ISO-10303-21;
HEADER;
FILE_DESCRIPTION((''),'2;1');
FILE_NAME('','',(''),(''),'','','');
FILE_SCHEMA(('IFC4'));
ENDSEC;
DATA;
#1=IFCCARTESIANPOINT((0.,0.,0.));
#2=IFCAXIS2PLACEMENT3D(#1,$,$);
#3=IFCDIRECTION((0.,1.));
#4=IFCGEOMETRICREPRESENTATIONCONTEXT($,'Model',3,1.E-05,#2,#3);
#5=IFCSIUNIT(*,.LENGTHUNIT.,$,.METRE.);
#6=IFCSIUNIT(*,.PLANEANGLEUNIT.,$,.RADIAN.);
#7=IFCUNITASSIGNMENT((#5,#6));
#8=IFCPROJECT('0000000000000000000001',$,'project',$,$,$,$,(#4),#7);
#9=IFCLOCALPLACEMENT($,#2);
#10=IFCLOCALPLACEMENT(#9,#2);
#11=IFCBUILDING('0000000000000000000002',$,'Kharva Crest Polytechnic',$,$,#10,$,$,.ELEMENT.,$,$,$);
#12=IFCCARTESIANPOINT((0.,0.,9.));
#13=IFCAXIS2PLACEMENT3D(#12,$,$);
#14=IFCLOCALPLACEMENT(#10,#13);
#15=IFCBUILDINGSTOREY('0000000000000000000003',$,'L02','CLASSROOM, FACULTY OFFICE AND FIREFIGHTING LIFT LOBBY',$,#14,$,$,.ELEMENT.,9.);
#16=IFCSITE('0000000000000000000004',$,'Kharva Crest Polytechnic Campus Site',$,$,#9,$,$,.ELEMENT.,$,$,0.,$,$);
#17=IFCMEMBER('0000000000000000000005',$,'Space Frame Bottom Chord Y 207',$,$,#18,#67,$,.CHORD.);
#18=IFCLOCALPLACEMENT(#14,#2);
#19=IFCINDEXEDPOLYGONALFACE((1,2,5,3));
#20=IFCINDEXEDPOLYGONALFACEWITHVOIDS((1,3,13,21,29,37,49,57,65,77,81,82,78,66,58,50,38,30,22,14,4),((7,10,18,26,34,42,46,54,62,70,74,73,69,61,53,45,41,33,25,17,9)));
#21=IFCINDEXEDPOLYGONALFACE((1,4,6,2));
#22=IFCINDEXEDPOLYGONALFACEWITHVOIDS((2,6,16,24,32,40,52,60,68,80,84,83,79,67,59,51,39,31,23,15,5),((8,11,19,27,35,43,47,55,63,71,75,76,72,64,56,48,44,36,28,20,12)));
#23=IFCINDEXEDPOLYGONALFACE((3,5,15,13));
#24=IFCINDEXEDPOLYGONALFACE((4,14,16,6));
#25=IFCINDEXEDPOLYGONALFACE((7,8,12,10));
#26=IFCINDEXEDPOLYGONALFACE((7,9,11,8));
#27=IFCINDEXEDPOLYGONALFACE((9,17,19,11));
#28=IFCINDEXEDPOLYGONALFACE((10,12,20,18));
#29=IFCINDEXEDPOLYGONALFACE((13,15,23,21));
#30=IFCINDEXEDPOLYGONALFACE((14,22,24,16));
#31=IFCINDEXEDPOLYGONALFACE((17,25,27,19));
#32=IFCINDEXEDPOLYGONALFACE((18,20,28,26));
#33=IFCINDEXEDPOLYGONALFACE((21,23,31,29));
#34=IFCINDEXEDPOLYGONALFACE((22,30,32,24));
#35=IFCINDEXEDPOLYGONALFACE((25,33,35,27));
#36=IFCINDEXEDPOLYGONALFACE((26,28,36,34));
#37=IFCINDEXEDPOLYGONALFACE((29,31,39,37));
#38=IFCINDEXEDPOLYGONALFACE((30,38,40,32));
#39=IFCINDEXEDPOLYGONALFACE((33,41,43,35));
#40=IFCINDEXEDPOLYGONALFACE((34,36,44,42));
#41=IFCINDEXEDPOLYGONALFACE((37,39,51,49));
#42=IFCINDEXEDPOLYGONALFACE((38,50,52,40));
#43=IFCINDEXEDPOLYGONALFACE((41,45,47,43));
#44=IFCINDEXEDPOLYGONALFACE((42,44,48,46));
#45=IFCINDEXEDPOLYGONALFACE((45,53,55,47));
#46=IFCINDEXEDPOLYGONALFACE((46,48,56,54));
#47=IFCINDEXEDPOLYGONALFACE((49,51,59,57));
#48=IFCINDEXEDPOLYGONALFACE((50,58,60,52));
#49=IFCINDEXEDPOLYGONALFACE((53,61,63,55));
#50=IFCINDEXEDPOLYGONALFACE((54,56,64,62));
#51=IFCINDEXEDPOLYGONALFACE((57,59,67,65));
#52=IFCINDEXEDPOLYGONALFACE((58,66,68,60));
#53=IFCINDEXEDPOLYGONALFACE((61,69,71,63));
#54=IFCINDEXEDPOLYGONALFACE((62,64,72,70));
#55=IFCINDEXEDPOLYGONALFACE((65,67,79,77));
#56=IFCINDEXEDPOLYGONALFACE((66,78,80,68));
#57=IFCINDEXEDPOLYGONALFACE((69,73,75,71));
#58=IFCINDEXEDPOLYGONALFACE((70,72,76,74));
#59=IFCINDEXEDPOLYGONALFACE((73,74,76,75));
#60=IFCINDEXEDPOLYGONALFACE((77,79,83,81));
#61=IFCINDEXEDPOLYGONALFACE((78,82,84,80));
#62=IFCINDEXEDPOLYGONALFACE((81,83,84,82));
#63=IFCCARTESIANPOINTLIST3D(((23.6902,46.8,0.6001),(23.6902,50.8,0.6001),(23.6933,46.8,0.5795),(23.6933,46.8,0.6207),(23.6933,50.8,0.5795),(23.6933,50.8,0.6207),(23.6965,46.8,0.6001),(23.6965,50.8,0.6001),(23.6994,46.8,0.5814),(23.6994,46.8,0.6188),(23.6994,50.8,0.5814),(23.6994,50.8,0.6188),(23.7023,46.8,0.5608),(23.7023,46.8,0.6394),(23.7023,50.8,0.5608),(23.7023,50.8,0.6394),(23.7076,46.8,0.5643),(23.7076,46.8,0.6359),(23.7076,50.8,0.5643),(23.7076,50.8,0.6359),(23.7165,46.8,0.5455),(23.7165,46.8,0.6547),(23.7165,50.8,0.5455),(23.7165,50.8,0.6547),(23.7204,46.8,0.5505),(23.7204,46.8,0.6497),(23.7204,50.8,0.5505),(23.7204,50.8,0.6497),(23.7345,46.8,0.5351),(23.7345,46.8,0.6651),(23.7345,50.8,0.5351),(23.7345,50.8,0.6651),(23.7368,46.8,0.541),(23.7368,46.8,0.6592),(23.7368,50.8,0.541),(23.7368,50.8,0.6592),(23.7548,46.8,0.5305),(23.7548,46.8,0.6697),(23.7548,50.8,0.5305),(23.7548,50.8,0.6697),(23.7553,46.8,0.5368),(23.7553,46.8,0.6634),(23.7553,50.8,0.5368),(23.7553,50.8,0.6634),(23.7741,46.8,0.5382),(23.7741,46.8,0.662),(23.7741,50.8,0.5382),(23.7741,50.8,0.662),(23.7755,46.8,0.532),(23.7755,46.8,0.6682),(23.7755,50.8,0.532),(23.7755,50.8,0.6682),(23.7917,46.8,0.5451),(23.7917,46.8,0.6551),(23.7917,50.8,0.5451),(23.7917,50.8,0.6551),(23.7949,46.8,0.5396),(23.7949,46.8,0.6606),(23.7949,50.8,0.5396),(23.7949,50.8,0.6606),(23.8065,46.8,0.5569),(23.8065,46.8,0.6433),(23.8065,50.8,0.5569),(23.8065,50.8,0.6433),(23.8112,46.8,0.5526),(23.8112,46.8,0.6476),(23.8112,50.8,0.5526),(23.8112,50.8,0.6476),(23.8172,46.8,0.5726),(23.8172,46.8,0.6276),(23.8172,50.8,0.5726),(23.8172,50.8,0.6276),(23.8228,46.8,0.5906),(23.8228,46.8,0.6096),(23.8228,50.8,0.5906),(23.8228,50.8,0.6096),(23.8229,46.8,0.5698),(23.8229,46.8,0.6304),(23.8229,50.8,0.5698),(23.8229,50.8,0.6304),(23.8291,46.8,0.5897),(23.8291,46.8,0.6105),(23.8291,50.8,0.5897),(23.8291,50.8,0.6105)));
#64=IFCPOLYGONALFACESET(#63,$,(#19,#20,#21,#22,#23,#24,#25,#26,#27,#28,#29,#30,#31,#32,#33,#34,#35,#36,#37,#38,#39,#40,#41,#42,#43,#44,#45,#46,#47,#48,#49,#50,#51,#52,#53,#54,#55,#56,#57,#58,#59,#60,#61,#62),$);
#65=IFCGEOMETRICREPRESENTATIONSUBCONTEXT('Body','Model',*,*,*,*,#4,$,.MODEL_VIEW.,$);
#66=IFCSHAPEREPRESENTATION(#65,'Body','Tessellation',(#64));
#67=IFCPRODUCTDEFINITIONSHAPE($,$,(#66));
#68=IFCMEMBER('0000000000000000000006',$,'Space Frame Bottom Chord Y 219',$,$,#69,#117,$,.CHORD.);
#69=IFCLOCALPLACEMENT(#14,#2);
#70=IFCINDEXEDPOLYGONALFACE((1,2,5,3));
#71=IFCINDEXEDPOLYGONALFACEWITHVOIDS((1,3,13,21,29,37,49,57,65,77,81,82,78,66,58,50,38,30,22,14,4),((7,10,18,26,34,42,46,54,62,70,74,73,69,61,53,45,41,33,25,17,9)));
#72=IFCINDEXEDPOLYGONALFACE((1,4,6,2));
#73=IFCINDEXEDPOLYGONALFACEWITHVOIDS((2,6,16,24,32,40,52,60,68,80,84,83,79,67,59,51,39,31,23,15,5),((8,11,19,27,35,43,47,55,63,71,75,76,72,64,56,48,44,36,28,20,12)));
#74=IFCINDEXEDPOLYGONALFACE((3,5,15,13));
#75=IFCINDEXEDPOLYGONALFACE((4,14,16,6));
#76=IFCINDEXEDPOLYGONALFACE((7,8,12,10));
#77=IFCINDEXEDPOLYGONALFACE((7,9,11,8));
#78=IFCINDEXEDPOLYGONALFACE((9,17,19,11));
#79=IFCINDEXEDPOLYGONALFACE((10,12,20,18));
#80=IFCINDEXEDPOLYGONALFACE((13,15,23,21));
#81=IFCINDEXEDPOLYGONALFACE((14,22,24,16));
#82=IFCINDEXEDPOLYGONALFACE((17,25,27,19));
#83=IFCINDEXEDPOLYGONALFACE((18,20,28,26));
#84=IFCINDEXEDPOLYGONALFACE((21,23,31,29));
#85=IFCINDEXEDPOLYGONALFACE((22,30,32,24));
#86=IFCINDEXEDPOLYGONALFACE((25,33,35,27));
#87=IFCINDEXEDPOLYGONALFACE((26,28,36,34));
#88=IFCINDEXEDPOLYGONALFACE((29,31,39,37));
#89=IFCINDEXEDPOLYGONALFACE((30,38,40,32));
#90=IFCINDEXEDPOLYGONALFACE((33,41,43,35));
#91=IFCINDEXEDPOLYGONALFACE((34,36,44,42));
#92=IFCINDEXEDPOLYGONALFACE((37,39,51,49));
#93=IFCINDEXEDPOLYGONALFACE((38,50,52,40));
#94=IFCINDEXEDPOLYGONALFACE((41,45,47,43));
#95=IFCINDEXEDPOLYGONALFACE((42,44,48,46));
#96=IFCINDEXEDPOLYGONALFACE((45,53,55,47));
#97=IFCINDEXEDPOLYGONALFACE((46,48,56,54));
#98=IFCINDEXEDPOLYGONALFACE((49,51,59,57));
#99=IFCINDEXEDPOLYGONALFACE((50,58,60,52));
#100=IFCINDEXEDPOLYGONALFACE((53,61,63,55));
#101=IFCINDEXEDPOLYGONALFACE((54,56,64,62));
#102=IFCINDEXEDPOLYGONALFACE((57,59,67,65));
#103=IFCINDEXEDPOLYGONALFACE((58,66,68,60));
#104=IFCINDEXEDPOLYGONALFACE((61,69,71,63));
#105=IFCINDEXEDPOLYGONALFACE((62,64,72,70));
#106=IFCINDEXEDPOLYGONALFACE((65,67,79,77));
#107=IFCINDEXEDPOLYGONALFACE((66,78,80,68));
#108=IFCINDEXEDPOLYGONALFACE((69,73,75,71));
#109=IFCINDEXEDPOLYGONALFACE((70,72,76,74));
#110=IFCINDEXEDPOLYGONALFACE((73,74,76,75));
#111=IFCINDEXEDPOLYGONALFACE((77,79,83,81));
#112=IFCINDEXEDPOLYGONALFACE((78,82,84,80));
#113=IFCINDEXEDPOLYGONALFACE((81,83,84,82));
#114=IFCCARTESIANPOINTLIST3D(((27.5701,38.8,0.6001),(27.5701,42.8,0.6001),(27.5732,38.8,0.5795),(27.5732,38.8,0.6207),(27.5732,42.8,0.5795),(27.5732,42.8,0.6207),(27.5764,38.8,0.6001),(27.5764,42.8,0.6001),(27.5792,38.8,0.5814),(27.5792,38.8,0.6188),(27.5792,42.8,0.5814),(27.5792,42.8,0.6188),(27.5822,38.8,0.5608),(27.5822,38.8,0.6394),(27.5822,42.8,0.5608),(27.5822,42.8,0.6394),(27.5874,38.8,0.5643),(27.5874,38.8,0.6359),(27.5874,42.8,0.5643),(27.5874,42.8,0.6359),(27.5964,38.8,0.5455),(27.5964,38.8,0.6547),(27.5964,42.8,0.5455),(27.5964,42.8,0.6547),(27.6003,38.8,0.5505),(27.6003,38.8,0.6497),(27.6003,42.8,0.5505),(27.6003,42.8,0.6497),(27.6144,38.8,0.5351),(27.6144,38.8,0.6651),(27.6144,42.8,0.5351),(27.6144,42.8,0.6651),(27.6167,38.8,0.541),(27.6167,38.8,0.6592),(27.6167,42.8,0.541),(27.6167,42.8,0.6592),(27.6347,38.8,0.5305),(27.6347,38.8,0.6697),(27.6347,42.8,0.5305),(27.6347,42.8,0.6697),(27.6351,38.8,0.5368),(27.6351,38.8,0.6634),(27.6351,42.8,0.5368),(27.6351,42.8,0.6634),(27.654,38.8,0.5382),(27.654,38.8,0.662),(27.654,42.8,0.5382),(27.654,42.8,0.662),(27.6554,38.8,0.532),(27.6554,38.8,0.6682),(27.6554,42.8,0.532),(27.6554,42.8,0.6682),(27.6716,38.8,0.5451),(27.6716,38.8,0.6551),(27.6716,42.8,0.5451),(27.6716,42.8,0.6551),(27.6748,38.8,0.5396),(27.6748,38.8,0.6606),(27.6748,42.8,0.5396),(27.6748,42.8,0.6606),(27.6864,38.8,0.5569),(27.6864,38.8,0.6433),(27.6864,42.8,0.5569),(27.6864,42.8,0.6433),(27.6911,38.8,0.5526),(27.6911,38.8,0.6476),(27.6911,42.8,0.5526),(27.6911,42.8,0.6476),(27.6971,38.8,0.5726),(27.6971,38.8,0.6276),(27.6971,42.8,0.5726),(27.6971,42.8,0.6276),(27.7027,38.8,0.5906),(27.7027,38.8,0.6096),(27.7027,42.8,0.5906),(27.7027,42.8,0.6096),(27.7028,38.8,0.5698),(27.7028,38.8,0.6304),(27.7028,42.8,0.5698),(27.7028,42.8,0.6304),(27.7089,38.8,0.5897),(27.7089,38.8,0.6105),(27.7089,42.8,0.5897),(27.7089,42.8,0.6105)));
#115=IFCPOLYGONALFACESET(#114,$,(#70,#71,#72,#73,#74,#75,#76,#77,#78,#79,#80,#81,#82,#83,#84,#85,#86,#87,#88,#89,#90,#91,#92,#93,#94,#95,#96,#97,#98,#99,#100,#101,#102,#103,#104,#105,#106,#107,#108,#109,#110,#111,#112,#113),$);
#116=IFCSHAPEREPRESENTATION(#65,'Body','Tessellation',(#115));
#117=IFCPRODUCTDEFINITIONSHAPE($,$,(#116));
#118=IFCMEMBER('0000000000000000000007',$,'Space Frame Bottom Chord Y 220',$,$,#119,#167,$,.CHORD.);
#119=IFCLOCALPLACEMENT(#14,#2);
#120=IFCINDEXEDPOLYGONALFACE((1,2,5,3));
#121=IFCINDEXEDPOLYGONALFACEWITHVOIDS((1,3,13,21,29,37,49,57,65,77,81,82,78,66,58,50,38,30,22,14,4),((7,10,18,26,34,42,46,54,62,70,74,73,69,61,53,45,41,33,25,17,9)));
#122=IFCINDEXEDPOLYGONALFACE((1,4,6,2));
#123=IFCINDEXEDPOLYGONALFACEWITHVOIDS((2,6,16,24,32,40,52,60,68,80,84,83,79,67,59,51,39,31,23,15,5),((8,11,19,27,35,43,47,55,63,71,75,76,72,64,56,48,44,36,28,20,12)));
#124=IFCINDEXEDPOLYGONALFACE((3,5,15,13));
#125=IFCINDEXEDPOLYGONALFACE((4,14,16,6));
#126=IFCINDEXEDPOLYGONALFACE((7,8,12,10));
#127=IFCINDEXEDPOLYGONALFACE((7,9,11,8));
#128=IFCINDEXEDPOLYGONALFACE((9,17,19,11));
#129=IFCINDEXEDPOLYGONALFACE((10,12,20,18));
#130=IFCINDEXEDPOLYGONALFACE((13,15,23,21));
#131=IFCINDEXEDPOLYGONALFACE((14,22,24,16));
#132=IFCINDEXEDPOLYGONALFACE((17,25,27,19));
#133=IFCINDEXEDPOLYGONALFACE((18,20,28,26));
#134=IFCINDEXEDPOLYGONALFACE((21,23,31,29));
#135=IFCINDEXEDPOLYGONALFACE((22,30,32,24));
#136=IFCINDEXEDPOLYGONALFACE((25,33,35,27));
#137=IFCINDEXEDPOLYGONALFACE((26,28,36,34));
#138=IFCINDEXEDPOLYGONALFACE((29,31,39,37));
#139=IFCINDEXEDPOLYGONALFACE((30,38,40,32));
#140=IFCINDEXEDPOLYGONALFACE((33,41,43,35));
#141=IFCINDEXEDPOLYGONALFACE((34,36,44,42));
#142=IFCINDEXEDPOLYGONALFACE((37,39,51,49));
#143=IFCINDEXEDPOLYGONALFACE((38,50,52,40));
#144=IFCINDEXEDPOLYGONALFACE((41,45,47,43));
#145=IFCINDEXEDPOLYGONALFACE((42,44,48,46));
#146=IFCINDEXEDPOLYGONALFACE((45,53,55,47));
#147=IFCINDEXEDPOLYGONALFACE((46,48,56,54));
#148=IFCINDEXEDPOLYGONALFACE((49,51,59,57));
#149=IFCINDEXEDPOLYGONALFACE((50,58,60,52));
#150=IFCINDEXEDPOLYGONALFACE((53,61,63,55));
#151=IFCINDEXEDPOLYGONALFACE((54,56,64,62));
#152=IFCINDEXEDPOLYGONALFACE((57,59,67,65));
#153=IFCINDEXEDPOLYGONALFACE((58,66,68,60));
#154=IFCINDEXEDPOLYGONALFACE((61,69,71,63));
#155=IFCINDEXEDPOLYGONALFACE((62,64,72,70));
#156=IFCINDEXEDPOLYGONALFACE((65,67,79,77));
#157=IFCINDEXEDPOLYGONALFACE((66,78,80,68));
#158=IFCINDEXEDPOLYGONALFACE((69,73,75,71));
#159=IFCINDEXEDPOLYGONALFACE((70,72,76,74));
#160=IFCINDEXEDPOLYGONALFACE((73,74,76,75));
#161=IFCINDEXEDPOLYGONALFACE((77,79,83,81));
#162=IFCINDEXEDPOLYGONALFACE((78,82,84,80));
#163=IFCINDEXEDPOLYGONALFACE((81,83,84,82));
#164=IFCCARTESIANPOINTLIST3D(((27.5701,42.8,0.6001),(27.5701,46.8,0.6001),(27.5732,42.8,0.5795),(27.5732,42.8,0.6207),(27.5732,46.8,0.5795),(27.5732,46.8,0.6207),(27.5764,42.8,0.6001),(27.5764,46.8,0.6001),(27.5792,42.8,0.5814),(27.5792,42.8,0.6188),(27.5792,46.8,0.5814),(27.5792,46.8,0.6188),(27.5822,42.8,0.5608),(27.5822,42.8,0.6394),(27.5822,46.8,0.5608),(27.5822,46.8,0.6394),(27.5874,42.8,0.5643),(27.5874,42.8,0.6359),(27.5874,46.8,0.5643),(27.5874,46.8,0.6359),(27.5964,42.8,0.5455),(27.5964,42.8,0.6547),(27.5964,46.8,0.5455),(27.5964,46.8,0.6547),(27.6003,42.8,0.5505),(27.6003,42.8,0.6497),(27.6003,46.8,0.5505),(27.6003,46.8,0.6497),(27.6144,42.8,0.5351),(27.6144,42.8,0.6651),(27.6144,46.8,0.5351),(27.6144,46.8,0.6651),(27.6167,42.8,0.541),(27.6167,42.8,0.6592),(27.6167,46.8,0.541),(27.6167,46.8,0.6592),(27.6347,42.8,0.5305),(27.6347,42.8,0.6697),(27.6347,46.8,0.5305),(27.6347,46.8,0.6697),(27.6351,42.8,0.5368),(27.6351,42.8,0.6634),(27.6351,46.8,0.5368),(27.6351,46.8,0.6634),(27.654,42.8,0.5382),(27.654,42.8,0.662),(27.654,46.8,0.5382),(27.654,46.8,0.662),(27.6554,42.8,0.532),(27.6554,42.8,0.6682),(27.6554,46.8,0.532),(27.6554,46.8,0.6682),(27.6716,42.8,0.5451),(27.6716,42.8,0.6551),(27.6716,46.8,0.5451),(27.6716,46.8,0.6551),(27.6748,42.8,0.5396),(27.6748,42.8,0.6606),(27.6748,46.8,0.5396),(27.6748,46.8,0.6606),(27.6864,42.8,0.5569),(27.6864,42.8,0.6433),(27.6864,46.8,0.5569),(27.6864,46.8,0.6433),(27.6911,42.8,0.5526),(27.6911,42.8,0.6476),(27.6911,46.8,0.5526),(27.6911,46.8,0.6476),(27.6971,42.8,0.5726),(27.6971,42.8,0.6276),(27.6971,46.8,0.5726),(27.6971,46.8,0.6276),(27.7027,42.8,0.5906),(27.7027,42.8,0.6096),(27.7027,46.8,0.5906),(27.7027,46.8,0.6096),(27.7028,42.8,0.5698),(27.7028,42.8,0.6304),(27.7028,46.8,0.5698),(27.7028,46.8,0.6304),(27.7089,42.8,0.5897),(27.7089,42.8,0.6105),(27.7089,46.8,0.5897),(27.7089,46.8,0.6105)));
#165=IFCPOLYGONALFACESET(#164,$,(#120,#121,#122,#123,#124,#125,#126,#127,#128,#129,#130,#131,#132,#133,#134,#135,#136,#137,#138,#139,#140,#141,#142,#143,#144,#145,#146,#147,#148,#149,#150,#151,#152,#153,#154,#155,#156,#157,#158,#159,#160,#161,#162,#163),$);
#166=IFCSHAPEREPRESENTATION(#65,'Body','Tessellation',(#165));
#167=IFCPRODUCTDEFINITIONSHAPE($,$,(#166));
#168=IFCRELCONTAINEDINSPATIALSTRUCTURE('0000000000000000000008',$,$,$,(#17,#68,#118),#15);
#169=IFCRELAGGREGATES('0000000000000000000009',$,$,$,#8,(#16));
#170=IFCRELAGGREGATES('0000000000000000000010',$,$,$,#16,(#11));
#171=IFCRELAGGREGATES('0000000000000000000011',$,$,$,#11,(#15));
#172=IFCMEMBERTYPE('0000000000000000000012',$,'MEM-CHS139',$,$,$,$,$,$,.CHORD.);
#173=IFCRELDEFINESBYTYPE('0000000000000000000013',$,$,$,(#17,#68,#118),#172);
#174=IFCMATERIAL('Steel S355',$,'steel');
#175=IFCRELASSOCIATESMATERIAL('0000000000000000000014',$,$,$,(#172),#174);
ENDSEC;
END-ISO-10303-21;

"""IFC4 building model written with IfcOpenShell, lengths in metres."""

from ifc_helpers import new_model, si_unit, direction, frame, origin, origin_2d, place, context, subcontext, project, spatial, hollow_circle, extrude, material, material_profile, profile_set, type_object, element, save


model = new_model("IFC4")

# Units and contexts
model_context = context("Model", 3, precision=1e-05, world=origin(), true_north=direction((0.0, 1.0)))
body_context = subcontext(model_context, "Body", "Model", "MODEL_VIEW")
ifc_project = project(units=[si_unit("LENGTHUNIT", "METRE"), si_unit("PLANEANGLEUNIT", "RADIAN")], contexts=[model_context])

# Site, building, storey
site_placement = place(None, origin())
site = spatial("IfcSite", under=ifc_project, at=site_placement, Name="Kharva Crest Polytechnic Campus Site", CompositionType="ELEMENT", RefElevation=0.0)
building_placement = place(site_placement, origin())
building = spatial("IfcBuilding", under=site, at=building_placement, Name="Kharva Crest Polytechnic", CompositionType="ELEMENT")
storey_placement = place(building_placement, frame((0.0, 0.0, 9.0)))
storey = spatial("IfcBuildingStorey", under=building, at=storey_placement, Name="L02", Description="CLASSROOM, FACULTY OFFICE AND FIREFIGHTING LIFT LOBBY", CompositionType="ELEMENT", Elevation=9.0)

# Shared definitions
ifc_material_1 = material(Name="Steel S355", Category="steel")

# Members
ifc_material_profile_1 = material_profile(ifc_material_1, hollow_circle(Radius=0.0698, WallThickness=0.0063, at=origin_2d()), Name="CHS 139.7X6.3")
ifc_profile_set_1 = profile_set([ifc_material_profile_1], Name="Steel S355")
member_type_1 = type_object("IfcMemberType", Name="MEM-CHS139", PredefinedType="CHORD", material=ifc_profile_set_1)
for number, where, z_axis, x_axis, name in (
    (1, (23.76, 46.8, 0.6001), (0.0, 1.0, 0.0), (-1.0, 0.0, 0.0), "Space Frame Bottom Chord Y 207"),
    (2, (27.6399, 38.8, 0.6001), (0.0, 1.0, 0.0), (-1.0, 0.0, 0.0), "Space Frame Bottom Chord Y 219"),
    (3, (27.6399, 42.8, 0.6001), (0.0, 1.0, 0.0), (-1.0, 0.0, 0.0), "Space Frame Bottom Chord Y 220"),
):
    element("IfcMember", number, at=place(storey_placement, frame(where, z_axis=z_axis, x_axis=x_axis)), inside=storey, type_object=member_type_1, Name=name, PredefinedType="CHORD", context=body_context, shape_type="SweptSolid", body=[
        extrude(hollow_circle(Radius=0.0698, WallThickness=0.0063, at=origin_2d()), origin(), (0.0, 0.0, 1.0), 4.0),
    ])

save(model, "model.ifc")
